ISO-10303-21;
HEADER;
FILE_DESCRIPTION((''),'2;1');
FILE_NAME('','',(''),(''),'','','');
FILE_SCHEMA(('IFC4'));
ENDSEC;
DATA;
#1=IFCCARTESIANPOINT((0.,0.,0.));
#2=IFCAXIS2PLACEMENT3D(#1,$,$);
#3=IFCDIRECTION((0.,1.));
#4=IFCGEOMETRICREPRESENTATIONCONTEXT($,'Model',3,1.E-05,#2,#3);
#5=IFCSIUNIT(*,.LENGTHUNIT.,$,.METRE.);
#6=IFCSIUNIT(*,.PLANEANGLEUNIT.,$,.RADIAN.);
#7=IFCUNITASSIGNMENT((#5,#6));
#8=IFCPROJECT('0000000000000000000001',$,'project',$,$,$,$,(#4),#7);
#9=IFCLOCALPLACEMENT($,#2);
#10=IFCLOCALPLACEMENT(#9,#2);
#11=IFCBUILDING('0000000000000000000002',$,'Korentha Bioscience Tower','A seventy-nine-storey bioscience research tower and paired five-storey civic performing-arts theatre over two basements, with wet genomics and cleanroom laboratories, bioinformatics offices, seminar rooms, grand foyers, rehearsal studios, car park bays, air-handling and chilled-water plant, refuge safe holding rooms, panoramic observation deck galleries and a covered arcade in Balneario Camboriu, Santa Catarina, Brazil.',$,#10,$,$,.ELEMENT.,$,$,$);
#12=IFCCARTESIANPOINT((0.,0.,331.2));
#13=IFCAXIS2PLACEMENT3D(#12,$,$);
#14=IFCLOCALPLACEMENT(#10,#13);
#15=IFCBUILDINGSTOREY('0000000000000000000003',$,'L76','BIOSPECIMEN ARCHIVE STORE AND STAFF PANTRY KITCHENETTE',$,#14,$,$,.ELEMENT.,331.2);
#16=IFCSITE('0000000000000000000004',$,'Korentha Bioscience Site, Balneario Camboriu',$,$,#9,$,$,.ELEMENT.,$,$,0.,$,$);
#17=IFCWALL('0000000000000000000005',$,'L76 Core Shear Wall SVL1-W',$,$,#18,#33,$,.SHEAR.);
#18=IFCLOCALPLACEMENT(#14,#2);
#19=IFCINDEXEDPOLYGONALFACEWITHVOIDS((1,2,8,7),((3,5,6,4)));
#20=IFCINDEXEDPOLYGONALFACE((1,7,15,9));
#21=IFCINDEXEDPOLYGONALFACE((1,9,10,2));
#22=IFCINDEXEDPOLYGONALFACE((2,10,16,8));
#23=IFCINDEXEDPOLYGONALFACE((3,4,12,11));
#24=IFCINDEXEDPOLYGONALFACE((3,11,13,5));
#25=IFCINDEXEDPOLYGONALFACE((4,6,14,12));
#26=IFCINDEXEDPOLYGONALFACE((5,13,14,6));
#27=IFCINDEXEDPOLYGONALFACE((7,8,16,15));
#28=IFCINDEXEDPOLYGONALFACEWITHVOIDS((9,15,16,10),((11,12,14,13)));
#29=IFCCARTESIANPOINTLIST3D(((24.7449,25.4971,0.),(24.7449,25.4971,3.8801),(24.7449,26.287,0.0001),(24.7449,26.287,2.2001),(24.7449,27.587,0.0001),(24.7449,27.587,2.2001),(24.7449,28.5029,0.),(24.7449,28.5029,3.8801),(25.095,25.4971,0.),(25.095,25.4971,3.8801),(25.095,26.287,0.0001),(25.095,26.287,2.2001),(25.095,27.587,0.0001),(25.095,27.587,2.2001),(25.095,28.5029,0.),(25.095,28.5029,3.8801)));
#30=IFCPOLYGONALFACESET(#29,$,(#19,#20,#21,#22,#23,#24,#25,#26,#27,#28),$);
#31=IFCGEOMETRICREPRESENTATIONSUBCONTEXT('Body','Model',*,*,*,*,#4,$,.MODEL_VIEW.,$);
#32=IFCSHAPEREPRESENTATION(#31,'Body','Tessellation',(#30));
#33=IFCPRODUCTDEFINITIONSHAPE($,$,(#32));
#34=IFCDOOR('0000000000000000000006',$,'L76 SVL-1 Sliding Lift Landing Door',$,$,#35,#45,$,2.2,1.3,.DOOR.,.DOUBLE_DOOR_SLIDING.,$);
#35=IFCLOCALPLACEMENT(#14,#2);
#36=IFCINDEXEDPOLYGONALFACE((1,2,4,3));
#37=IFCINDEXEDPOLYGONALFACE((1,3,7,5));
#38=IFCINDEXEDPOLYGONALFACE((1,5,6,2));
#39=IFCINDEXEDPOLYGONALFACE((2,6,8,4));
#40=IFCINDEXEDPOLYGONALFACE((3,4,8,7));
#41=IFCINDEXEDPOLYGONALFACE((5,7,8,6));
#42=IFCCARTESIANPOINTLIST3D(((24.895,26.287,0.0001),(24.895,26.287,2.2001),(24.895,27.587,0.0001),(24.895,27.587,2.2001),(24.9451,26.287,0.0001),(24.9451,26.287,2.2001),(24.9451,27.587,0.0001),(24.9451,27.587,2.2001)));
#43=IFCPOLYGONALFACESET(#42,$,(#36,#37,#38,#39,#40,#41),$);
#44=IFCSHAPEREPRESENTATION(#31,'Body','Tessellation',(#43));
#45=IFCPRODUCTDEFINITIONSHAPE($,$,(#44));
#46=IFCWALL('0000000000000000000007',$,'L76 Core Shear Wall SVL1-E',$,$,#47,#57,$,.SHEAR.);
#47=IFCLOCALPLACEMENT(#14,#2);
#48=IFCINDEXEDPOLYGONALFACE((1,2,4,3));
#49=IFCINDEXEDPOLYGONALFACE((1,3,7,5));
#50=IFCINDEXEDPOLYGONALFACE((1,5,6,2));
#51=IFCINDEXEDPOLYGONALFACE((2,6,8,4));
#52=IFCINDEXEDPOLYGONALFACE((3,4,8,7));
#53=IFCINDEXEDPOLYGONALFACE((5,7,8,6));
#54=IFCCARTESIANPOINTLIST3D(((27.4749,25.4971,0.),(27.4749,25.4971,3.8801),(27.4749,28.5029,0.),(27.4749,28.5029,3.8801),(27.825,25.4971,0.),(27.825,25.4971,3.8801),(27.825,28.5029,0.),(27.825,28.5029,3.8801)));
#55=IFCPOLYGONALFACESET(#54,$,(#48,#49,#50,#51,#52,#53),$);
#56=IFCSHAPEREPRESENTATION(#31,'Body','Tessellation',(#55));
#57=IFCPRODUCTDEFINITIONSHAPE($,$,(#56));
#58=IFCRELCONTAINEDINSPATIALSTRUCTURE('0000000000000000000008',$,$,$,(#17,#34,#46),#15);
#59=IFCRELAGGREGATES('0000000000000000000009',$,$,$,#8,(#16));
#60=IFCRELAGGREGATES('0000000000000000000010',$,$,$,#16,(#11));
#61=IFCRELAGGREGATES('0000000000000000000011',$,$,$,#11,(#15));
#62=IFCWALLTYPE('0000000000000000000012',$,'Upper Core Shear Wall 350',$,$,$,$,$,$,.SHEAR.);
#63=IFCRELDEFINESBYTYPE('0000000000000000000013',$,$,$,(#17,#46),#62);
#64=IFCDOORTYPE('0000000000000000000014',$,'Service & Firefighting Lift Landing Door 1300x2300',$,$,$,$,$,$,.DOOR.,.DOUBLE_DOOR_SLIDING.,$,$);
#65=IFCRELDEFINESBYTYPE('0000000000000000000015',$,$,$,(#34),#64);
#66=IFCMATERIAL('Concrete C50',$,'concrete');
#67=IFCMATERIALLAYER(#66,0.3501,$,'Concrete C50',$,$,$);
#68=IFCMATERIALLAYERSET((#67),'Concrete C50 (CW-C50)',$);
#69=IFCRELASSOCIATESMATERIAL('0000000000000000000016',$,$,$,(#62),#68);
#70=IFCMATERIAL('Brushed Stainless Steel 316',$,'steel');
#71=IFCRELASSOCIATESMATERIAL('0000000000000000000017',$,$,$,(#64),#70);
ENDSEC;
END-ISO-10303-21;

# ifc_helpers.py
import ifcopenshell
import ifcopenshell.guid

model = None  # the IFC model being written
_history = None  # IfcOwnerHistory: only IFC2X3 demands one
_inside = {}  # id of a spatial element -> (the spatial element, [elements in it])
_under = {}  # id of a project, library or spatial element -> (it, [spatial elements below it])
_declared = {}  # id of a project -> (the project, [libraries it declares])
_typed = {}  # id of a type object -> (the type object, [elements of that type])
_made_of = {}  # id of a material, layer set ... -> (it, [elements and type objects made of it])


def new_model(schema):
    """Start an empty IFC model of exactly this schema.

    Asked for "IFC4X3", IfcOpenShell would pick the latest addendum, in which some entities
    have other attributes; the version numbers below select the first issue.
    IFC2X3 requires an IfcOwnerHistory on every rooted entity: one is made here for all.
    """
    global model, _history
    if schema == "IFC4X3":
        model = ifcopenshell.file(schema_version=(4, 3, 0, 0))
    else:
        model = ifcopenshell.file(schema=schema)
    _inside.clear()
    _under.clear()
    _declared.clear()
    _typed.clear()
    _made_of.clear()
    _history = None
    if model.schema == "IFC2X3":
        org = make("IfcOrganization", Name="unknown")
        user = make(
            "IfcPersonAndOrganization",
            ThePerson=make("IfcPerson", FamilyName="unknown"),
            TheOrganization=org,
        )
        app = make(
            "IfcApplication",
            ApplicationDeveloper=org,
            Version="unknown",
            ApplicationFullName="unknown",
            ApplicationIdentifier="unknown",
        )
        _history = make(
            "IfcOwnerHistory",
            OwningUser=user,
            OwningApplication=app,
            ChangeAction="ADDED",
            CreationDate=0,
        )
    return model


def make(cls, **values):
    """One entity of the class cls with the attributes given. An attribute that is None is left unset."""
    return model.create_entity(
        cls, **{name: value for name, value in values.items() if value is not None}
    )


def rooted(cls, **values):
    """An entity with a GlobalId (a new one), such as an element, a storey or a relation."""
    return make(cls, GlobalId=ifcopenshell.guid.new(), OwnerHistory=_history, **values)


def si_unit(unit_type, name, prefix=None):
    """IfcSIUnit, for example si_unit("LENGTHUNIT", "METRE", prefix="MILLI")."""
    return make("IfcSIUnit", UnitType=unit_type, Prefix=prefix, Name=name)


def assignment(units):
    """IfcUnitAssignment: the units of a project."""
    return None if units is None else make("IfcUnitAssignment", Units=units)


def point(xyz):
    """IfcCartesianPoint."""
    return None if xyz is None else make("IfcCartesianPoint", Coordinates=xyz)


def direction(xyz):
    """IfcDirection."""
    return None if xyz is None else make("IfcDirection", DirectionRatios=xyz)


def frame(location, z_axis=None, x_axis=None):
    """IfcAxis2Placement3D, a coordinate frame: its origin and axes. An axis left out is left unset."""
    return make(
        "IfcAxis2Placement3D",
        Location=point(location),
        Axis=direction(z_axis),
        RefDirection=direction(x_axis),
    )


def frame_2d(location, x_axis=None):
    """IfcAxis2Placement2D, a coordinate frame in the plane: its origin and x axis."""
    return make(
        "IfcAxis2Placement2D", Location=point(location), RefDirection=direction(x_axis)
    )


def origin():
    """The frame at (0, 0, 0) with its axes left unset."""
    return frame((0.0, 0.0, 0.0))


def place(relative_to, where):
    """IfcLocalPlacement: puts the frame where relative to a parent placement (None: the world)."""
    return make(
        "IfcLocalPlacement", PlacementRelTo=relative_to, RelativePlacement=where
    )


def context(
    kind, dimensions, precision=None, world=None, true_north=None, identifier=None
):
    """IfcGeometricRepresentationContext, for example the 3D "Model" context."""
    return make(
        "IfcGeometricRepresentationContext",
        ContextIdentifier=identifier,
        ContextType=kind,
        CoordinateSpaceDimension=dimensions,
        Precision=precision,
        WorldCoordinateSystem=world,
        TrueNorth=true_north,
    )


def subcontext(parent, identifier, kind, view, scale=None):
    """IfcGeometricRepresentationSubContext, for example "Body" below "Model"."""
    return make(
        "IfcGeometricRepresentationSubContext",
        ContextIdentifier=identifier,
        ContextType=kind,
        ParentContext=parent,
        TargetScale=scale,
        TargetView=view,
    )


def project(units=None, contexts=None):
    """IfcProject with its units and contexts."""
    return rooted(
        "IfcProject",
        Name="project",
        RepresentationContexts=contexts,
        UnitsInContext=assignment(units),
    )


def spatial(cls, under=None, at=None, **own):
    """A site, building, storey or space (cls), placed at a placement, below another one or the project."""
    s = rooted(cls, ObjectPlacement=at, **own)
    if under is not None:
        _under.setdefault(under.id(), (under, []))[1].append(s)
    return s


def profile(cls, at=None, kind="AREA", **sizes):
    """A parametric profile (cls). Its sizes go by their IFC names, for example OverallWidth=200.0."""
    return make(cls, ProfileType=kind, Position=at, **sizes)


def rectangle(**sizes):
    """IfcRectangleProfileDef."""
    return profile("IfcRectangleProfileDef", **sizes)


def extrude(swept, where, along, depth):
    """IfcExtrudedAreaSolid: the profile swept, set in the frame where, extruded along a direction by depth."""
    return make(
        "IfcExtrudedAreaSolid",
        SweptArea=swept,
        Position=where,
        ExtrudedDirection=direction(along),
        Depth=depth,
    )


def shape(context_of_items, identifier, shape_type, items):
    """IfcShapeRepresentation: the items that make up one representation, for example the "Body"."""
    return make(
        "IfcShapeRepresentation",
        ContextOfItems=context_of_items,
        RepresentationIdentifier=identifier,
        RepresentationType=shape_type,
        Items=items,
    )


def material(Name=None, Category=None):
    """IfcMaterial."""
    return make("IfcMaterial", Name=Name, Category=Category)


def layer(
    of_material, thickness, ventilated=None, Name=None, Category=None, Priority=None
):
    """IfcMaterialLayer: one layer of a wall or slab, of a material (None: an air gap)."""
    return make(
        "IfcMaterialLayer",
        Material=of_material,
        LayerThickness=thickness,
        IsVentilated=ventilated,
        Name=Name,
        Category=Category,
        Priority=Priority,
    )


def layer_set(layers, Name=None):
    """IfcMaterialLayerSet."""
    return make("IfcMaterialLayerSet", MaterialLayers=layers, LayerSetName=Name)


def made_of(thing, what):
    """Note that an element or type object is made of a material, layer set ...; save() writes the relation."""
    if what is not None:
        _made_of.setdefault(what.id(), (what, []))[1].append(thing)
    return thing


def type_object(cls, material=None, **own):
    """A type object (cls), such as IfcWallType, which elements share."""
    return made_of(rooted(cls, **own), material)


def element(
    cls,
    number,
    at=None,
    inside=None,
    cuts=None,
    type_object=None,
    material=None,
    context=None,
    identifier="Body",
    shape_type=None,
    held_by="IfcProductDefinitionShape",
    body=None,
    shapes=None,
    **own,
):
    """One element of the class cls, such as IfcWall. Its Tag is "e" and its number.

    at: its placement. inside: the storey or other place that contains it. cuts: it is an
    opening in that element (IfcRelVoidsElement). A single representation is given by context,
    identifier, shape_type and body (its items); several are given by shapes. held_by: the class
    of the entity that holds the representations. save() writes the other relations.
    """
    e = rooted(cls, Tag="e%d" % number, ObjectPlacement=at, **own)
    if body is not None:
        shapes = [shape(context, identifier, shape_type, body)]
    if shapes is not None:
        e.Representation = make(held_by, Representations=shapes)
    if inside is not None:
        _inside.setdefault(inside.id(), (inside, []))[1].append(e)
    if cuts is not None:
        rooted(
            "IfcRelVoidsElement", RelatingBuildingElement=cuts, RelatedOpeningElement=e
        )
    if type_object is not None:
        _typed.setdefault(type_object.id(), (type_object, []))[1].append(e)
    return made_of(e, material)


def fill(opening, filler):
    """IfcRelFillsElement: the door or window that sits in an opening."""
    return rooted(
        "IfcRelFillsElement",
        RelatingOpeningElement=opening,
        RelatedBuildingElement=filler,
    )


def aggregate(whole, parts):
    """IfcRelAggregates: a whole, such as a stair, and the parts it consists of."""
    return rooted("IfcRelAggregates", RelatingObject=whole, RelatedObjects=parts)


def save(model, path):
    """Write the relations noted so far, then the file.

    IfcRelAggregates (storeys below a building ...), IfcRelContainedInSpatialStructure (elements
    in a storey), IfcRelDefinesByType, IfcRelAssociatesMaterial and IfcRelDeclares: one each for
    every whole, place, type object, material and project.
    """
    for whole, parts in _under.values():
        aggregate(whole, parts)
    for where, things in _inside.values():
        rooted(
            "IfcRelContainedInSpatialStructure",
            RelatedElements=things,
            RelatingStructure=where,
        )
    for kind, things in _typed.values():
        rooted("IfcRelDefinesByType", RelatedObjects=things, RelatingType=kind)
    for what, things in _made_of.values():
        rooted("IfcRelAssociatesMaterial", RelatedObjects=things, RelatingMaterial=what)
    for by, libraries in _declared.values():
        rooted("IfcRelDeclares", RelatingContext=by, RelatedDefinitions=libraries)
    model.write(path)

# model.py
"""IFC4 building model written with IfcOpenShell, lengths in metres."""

from ifc_helpers import new_model, si_unit, direction, frame, frame_2d, origin, place, context, subcontext, project, spatial, rectangle, extrude, material, layer, layer_set, type_object, element, fill, save


model = new_model("IFC4")

# Units and contexts
model_context = context("Model", 3, precision=1e-05, world=origin(), true_north=direction((0.0, 1.0)))
body_context = subcontext(model_context, "Body", "Model", "MODEL_VIEW")
ifc_project = project(units=[si_unit("LENGTHUNIT", "METRE"), si_unit("PLANEANGLEUNIT", "RADIAN")], contexts=[model_context])

# Site, building, storey
site_placement = place(None, origin())
site = spatial("IfcSite", under=ifc_project, at=site_placement, Name="Korentha Bioscience Site, Balneario Camboriu", CompositionType="ELEMENT", RefElevation=0.0)
building_placement = place(site_placement, origin())
building = spatial("IfcBuilding", under=site, at=building_placement, Name="Korentha Bioscience Tower", Description="A seventy-nine-storey bioscience research tower and paired five-storey civic performing-arts theatre over two basements, with wet genomics and cleanroom laboratories, bioinformatics offices, seminar rooms, grand foyers, rehearsal studios, car park bays, air-handling and chilled-water plant, refuge safe holding rooms, panoramic observation deck galleries and a covered arcade in Balneario Camboriu, Santa Catarina, Brazil.", CompositionType="ELEMENT")
storey_placement = place(building_placement, frame((0.0, 0.0, 331.2)))
storey = spatial("IfcBuildingStorey", under=building, at=storey_placement, Name="L76", Description="BIOSPECIMEN ARCHIVE STORE AND STAFF PANTRY KITCHENETTE", CompositionType="ELEMENT", Elevation=331.2)

# Shared definitions
ifc_material_1 = material(Name="Concrete C50", Category="concrete")
ifc_layer_1 = layer(ifc_material_1, 0.3501, Name="Concrete C50")
ifc_layer_set_1 = layer_set([ifc_layer_1], Name="Concrete C50 (CW-C50)")
wall_type_1 = type_object("IfcWallType", Name="Upper Core Shear Wall 350", PredefinedType="SHEAR", material=ifc_layer_set_1)

# Wall, opening, door
wall_1_placement = place(storey_placement, frame((24.9199, 25.4971, 0.0), z_axis=(0.0, 0.0, 1.0), x_axis=(0.0, 1.0, 0.0)))
wall_1 = element("IfcWall", 1, at=wall_1_placement, inside=storey, type_object=wall_type_1, Name="L76 Core Shear Wall SVL1-W", PredefinedType="SHEAR", context=body_context, shape_type="SweptSolid", body=[
    extrude(rectangle(XDim=3.0059, YDim=0.3501, at=frame_2d((1.5029, 0.0))), origin(), (0.0, 0.0, 1.0), 3.8801),
])
opening_1_placement = place(wall_1_placement, frame((0.79, 0.0, 0.0)))
opening_1 = element("IfcOpeningElement", 2, at=opening_1_placement, cuts=wall_1, PredefinedType="OPENING", context=body_context, shape_type="SweptSolid", body=[
    extrude(rectangle(XDim=1.3, YDim=2.2, at=frame_2d((0.6499, 1.1001))), frame((0.0, 0.1899, 0.0), z_axis=(0.0, -1.0, 0.0), x_axis=(1.0, 0.0, 0.0)), (0.0, 0.0, 1.0), 0.3799),
])
ifc_material_2 = material(Name="Brushed Stainless Steel 316", Category="steel")
door_type_1 = type_object("IfcDoorType", Name="Service & Firefighting Lift Landing Door 1300x2300", OperationType="DOUBLE_DOOR_SLIDING", PredefinedType="DOOR", material=ifc_material_2)
door_1_placement = place(opening_1_placement, origin())
door_1 = element("IfcDoor", 3, at=door_1_placement, inside=storey, type_object=door_type_1, Name="L76 SVL-1 Sliding Lift Landing Door", OperationType="DOUBLE_DOOR_SLIDING", OverallHeight=2.2, OverallWidth=1.3, PredefinedType="DOOR", context=body_context, shape_type="SweptSolid", body=[
    extrude(rectangle(XDim=1.3, YDim=2.2, at=frame_2d((0.6499, 1.1001))), frame((0.0, 0.0249, 0.0), z_axis=(0.0, -1.0, 0.0), x_axis=(1.0, 0.0, 0.0)), (0.0, 0.0, 1.0), 0.05),
])
fill(opening_1, door_1)

# Wall
wall_2_placement = place(storey_placement, frame((27.6499, 25.4971, 0.0), z_axis=(0.0, 0.0, 1.0), x_axis=(0.0, 1.0, 0.0)))
element("IfcWall", 4, at=wall_2_placement, inside=storey, type_object=wall_type_1, Name="L76 Core Shear Wall SVL1-E", PredefinedType="SHEAR", context=body_context, shape_type="SweptSolid", body=[
    extrude(rectangle(XDim=3.0059, YDim=0.3501, at=frame_2d((1.5029, 0.0))), origin(), (0.0, 0.0, 1.0), 3.8801),
])

save(model, "model.ifc")
